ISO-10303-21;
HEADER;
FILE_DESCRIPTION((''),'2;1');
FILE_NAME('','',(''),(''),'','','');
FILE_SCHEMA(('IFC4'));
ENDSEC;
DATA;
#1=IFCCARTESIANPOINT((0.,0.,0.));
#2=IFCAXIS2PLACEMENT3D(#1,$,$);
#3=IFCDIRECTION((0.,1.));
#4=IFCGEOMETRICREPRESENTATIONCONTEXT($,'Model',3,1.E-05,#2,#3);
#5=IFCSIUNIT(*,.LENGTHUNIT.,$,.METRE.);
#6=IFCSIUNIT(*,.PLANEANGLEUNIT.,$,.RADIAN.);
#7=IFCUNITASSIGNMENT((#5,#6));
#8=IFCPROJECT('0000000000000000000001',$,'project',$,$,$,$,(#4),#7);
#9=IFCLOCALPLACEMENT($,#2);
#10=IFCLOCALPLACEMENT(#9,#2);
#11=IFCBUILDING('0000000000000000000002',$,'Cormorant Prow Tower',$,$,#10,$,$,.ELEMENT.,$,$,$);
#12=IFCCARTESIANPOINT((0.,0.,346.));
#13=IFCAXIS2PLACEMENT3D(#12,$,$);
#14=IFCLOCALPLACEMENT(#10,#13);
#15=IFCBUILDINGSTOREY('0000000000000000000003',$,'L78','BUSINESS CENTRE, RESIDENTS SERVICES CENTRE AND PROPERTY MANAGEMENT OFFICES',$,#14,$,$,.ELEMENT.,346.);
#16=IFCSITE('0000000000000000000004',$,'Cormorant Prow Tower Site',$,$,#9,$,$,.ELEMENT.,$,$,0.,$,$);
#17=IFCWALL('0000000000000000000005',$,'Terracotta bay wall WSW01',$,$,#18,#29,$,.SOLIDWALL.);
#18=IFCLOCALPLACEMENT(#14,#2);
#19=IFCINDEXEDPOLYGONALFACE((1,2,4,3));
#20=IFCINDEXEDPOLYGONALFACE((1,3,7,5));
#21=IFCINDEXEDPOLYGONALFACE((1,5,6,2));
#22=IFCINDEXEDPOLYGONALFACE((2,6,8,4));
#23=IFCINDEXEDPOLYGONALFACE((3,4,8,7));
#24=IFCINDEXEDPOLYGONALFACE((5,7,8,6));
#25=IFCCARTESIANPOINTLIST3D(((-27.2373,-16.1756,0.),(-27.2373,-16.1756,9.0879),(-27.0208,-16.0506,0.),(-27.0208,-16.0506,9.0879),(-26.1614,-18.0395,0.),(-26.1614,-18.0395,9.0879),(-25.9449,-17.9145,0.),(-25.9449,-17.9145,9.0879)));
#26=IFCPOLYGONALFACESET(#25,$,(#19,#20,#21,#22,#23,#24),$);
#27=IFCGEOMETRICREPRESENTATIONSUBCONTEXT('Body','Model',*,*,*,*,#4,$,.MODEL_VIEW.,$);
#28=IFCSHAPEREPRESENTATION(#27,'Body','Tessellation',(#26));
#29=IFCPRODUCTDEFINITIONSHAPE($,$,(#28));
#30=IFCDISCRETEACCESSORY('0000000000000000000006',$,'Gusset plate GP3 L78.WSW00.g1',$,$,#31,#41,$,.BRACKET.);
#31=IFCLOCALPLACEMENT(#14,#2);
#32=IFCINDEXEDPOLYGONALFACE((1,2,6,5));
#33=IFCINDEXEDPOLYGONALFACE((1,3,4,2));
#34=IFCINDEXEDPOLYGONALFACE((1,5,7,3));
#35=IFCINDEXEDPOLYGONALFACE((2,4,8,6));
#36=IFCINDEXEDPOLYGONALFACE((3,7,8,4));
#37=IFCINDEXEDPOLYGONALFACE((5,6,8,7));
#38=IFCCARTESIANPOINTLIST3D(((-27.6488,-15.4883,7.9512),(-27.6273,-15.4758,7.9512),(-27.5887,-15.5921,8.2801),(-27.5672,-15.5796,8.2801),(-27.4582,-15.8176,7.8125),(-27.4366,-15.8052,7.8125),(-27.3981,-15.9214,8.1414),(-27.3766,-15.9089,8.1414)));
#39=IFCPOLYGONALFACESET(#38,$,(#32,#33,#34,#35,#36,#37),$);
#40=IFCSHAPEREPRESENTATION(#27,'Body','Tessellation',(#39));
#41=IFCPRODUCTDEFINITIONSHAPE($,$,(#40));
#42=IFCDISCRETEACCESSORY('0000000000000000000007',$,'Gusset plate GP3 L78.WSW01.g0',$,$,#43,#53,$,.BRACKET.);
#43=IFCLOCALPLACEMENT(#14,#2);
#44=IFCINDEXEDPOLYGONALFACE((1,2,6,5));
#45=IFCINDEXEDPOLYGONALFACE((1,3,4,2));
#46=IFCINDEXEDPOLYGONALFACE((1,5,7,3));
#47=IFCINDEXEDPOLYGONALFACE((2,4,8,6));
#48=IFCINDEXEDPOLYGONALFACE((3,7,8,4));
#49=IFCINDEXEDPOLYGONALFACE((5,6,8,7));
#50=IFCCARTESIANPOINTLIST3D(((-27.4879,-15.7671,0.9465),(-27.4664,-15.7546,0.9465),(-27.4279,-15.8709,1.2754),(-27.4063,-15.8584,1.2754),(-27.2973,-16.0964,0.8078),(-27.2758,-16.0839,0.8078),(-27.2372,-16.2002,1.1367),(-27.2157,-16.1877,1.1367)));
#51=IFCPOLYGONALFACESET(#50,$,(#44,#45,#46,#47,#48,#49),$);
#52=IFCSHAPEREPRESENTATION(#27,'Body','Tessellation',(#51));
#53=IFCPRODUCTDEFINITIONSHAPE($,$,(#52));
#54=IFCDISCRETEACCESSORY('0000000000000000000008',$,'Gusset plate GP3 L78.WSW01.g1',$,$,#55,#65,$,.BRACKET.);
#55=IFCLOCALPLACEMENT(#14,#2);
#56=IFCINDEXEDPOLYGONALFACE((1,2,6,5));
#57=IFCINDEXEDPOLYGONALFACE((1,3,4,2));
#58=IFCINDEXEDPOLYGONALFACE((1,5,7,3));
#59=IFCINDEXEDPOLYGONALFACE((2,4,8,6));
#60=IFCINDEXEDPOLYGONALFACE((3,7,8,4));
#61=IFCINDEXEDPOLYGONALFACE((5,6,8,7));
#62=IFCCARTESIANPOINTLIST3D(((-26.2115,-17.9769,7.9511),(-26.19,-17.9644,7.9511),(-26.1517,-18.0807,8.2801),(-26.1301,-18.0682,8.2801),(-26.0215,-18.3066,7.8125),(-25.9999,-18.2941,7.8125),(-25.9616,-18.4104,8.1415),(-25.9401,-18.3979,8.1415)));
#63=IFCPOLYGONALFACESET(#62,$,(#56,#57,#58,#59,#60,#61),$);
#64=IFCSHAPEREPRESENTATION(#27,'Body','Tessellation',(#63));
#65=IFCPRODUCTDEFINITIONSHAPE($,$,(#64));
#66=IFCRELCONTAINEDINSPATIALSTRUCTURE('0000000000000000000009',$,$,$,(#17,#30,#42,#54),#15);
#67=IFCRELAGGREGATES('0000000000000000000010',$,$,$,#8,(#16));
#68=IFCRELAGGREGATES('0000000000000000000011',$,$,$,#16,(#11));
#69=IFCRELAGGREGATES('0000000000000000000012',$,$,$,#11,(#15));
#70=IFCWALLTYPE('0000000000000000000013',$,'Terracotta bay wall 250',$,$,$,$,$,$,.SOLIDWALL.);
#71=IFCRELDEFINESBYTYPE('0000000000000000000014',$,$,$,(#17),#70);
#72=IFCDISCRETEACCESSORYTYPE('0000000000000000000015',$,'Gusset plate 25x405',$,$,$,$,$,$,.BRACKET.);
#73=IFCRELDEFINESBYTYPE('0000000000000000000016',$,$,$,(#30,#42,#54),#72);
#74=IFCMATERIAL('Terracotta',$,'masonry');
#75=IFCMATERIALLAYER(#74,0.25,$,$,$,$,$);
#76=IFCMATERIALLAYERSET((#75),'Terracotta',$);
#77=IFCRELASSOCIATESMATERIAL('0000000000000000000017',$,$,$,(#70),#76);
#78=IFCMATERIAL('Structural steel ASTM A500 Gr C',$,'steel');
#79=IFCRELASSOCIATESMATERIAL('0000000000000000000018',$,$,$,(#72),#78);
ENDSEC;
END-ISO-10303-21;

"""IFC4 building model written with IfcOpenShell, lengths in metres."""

from ifc_helpers import new_model, si_unit, direction, frame, frame_2d, origin, origin_2d, place, context, subcontext, project, spatial, rectangle, extrude, material, layer, layer_set, material_profile, profile_set, type_object, element, save


model = new_model("IFC4")

# Units and contexts
model_context = context("Model", 3, precision=1e-05, world=origin(), true_north=direction((0.0, 1.0)))
body_context = subcontext(model_context, "Body", "Model", "MODEL_VIEW")
ifc_project = project(units=[si_unit("LENGTHUNIT", "METRE"), si_unit("PLANEANGLEUNIT", "RADIAN")], contexts=[model_context])

# Site, building, storey
site_placement = place(None, origin())
site = spatial("IfcSite", under=ifc_project, at=site_placement, Name="Cormorant Prow Tower Site", CompositionType="ELEMENT", RefElevation=0.0)
building_placement = place(site_placement, origin())
building = spatial("IfcBuilding", under=site, at=building_placement, Name="Cormorant Prow Tower", CompositionType="ELEMENT")
storey_placement = place(building_placement, frame((0.0, 0.0, 346.0)))
storey = spatial("IfcBuildingStorey", under=building, at=storey_placement, Name="L78", Description="BUSINESS CENTRE, RESIDENTS SERVICES CENTRE AND PROPERTY MANAGEMENT OFFICES", CompositionType="ELEMENT", Elevation=346.0)

# Wall
ifc_material_1 = material(Name="Terracotta", Category="masonry")
ifc_layer_1 = layer(ifc_material_1, 0.25)
ifc_layer_set_1 = layer_set([ifc_layer_1], Name="Terracotta")
wall_type_1 = type_object("IfcWallType", Name="Terracotta bay wall 250", PredefinedType="SOLIDWALL", material=ifc_layer_set_1)
for number, where, z_axis, x_axis, name in (
    (1, (-27.1292, -16.113, 0.0), (0.0, 0.0, 1.0), (0.499958, -0.86605, 0.0), "Terracotta bay wall WSW01"),
):
    element("IfcWall", number, at=place(storey_placement, frame(where, z_axis=z_axis, x_axis=x_axis)), inside=storey, type_object=wall_type_1, Name=name, PredefinedType="SOLIDWALL", context=body_context, shape_type="SweptSolid", body=[
        extrude(rectangle(XDim=2.1521, YDim=0.25, at=frame_2d((1.0762, 0.0))), origin(), (0.0, 0.0, 1.0), 9.0879),
    ])

# Discrete accessories
ifc_material_2 = material(Name="Structural steel ASTM A500 Gr C", Category="steel")
ifc_material_profile_1 = material_profile(ifc_material_2, rectangle(XDim=0.0249, YDim=0.405, at=origin_2d()), Name="Gusset plate 25x405")
ifc_profile_set_1 = profile_set([ifc_material_profile_1], Name="Structural steel ASTM A500 Gr C")
discrete_accessory_type = type_object("IfcDiscreteAccessoryType", Name="Gusset plate 25x405", PredefinedType="BRACKET", material=ifc_profile_set_1)
for number, where, z_axis, x_axis, name in (
    (2, (-27.5427, -15.6467, 7.8818), (0.171582, -0.296432, 0.939515), (0.865473, 0.500956, 0.0), "Gusset plate GP3 L78.WSW00.g1"),
    (3, (-27.3218, -16.0293, 1.2061), (-0.171582, 0.296432, -0.939515), (-0.865473, -0.500956, 0.0), "Gusset plate GP3 L78.WSW01.g0"),
    (4, (-26.1057, -18.1355, 7.8818), (0.170905, -0.296467, 0.939627), (0.866355, 0.499428, 0.0), "Gusset plate GP3 L78.WSW01.g1"),
):
    element("IfcDiscreteAccessory", number, at=place(storey_placement, frame(where, z_axis=z_axis, x_axis=x_axis)), inside=storey, type_object=discrete_accessory_type, Name=name, PredefinedType="BRACKET", context=body_context, shape_type="SweptSolid", body=[
        extrude(rectangle(XDim=0.0249, YDim=0.405, at=origin_2d()), origin(), (0.0, 0.0, 1.0), 0.3501),
    ])

save(model, "model.ifc")
